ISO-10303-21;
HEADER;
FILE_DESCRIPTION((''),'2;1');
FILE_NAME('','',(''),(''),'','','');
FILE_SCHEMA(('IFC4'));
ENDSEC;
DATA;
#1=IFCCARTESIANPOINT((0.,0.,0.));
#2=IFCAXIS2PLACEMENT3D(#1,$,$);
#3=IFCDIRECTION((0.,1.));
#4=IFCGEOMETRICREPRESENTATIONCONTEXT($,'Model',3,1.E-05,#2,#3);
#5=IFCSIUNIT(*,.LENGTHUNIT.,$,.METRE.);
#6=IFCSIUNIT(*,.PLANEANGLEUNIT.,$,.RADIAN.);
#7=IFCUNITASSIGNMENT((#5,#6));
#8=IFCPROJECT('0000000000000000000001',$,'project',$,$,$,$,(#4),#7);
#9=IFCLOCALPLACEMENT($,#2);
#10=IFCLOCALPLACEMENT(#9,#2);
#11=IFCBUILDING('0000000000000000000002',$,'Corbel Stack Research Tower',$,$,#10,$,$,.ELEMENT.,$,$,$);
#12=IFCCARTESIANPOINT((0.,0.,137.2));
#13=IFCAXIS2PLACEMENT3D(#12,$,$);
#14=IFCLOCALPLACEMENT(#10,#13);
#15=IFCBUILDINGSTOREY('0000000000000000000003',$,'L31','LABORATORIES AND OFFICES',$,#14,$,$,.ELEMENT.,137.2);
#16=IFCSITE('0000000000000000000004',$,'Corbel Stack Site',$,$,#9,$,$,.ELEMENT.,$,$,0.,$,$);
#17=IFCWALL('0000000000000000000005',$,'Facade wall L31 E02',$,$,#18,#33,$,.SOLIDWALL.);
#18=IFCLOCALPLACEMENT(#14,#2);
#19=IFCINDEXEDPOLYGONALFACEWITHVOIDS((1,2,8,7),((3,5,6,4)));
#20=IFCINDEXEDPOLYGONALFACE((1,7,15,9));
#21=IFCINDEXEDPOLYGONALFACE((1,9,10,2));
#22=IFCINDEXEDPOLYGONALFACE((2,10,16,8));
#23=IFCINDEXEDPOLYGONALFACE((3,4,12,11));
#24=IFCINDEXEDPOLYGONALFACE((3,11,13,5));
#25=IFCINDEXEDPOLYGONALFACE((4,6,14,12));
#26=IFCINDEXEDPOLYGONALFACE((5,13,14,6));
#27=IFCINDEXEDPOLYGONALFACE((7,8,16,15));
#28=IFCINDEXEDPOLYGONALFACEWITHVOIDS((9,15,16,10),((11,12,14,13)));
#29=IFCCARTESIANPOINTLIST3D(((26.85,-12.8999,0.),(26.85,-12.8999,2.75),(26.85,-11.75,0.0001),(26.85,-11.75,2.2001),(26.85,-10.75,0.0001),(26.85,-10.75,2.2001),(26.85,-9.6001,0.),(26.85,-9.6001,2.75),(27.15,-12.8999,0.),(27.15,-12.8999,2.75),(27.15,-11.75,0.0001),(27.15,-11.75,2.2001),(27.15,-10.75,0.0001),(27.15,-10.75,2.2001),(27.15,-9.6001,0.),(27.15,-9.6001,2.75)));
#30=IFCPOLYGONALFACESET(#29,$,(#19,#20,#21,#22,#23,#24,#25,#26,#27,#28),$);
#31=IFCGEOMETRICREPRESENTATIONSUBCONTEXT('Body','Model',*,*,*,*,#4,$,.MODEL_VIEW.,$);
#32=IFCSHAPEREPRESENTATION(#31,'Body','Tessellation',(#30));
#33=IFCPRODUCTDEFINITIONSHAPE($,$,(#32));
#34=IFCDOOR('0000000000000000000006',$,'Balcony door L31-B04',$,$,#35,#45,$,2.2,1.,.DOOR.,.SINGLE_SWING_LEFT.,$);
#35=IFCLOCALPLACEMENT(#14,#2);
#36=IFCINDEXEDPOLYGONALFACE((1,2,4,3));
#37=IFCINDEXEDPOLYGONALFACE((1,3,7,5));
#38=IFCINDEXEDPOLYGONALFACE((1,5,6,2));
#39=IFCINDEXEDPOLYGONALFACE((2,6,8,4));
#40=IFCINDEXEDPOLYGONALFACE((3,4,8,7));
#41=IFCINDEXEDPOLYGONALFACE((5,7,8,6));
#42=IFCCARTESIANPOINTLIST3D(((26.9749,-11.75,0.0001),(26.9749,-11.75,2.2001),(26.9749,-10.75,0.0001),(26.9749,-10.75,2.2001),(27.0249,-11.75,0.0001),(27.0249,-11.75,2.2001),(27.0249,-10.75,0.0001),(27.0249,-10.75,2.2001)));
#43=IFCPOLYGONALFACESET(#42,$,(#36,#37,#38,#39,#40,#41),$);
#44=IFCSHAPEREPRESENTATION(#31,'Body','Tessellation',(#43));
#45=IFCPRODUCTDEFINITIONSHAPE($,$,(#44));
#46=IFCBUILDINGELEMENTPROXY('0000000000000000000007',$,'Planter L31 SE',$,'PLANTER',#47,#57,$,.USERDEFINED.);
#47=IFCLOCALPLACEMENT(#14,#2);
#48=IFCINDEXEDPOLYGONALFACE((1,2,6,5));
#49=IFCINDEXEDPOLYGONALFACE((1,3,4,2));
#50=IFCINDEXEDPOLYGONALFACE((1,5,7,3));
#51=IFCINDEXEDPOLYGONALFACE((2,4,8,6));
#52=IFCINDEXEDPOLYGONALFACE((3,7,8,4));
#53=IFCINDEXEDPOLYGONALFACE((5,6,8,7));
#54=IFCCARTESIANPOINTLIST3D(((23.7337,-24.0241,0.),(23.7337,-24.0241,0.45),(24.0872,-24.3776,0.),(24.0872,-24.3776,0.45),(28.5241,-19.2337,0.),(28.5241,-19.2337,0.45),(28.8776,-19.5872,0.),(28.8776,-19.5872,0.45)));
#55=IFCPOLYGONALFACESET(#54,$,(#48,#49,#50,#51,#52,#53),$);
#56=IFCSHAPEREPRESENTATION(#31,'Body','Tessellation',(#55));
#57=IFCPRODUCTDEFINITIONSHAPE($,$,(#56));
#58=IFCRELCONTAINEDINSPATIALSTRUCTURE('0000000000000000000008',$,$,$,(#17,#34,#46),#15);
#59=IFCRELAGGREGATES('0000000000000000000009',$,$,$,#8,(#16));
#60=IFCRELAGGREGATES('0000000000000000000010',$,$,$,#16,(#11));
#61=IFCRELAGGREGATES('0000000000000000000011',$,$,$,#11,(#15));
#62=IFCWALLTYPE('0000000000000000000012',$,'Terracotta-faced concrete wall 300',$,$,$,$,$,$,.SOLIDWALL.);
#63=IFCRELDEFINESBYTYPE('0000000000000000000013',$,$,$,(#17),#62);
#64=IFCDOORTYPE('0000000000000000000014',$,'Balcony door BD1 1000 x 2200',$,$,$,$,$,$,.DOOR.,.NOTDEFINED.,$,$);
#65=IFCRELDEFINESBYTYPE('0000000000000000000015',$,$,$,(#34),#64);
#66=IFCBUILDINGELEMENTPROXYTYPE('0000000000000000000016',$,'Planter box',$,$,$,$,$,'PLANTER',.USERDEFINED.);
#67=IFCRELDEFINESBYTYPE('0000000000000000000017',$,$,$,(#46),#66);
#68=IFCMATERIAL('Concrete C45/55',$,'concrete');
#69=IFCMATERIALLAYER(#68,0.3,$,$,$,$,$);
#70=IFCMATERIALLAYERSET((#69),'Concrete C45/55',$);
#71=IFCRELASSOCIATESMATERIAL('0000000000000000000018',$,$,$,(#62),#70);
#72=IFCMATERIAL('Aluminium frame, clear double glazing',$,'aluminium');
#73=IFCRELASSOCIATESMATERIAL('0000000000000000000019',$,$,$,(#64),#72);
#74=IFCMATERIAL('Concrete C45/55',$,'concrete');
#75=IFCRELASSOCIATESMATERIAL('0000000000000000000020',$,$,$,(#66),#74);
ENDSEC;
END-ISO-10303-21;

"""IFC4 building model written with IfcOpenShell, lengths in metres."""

from ifc_helpers import new_model, si_unit, direction, frame, frame_2d, origin, origin_2d, place, context, subcontext, project, spatial, rectangle, extrude, material, layer, layer_set, type_object, element, fill, save


model = new_model("IFC4")

# Units and contexts
model_context = context("Model", 3, precision=1e-05, world=origin(), true_north=direction((0.0, 1.0)))
body_context = subcontext(model_context, "Body", "Model", "MODEL_VIEW")
ifc_project = project(units=[si_unit("LENGTHUNIT", "METRE"), si_unit("PLANEANGLEUNIT", "RADIAN")], contexts=[model_context])

# Site, building, storey
site_placement = place(None, origin())
site = spatial("IfcSite", under=ifc_project, at=site_placement, Name="Corbel Stack Site", CompositionType="ELEMENT", RefElevation=0.0)
building_placement = place(site_placement, origin())
building = spatial("IfcBuilding", under=site, at=building_placement, Name="Corbel Stack Research Tower", CompositionType="ELEMENT")
storey_placement = place(building_placement, frame((0.0, 0.0, 137.2)))
storey = spatial("IfcBuildingStorey", under=building, at=storey_placement, Name="L31", Description="LABORATORIES AND OFFICES", CompositionType="ELEMENT", Elevation=137.2)

# Shared definitions
ifc_material_1 = material(Name="Concrete C45/55", Category="concrete")
ifc_layer_1 = layer(ifc_material_1, 0.3)
ifc_layer_set_1 = layer_set([ifc_layer_1], Name="Concrete C45/55")
wall_type_1 = type_object("IfcWallType", Name="Terracotta-faced concrete wall 300", PredefinedType="SOLIDWALL", material=ifc_layer_set_1)
ifc_material_2 = material(Name="Aluminium frame, clear double glazing", Category="aluminium")
door_type_1 = type_object("IfcDoorType", Name="Balcony door BD1 1000 x 2200", OperationType="NOTDEFINED", PredefinedType="DOOR", material=ifc_material_2)

# Wall, opening, door
wall_1_placement = place(storey_placement, frame((27.0, -9.6001, 0.0), z_axis=(0.0, 0.0, 1.0), x_axis=(0.0, -1.0, 0.0)))
wall_1 = element("IfcWall", 1, at=wall_1_placement, inside=storey, type_object=wall_type_1, Name="Facade wall L31 E02", PredefinedType="SOLIDWALL", context=body_context, shape_type="SweptSolid", body=[
    extrude(rectangle(XDim=3.2998, YDim=0.3, at=frame_2d((1.6499, 0.0))), origin(), (0.0, 0.0, 1.0), 2.75),
])
opening_1_placement = place(wall_1_placement, frame((1.1499, 0.0, 0.0)))
opening_1 = element("IfcOpeningElement", 2, at=opening_1_placement, cuts=wall_1, PredefinedType="OPENING", context=body_context, shape_type="SweptSolid", body=[
    extrude(rectangle(XDim=1.0, YDim=2.2, at=frame_2d((0.5, 1.1001))), frame((0.0, 0.1599, 0.0), z_axis=(0.0, -1.0, 0.0), x_axis=(1.0, 0.0, 0.0)), (0.0, 0.0, 1.0), 0.3201),
])
door_1_placement = place(opening_1_placement, origin())
door_1 = element("IfcDoor", 3, at=door_1_placement, inside=storey, type_object=door_type_1, Name="Balcony door L31-B04", OperationType="SINGLE_SWING_LEFT", OverallHeight=2.2, OverallWidth=1.0, PredefinedType="DOOR", context=body_context, shape_type="SweptSolid", body=[
    extrude(rectangle(XDim=1.0, YDim=2.2, at=frame_2d((0.5, 1.1001))), frame((0.0, 0.0249, 0.0), z_axis=(0.0, -1.0, 0.0), x_axis=(1.0, 0.0, 0.0)), (0.0, 0.0, 1.0), 0.05),
])
fill(opening_1, door_1)

# Building element proxy
ifc_material_3 = material(Name="Concrete C45/55", Category="concrete")
building_element_proxy_type = type_object("IfcBuildingElementProxyType", Name="Planter box", ElementType="PLANTER", PredefinedType="USERDEFINED", material=ifc_material_3)
proxy_placement = place(storey_placement, frame((26.3057, -21.8057, 0.0), z_axis=(0.0, 0.0, 1.0), x_axis=(0.707107, 0.707107, 0.0)))
element("IfcBuildingElementProxy", 4, at=proxy_placement, inside=storey, type_object=building_element_proxy_type, Name="Planter L31 SE", ObjectType="PLANTER", PredefinedType="USERDEFINED", context=body_context, shape_type="SweptSolid", body=[
    extrude(rectangle(XDim=6.7747, YDim=0.5, at=origin_2d()), origin(), (0.0, 0.0, 1.0), 0.45),
])

save(model, "model.ifc")
